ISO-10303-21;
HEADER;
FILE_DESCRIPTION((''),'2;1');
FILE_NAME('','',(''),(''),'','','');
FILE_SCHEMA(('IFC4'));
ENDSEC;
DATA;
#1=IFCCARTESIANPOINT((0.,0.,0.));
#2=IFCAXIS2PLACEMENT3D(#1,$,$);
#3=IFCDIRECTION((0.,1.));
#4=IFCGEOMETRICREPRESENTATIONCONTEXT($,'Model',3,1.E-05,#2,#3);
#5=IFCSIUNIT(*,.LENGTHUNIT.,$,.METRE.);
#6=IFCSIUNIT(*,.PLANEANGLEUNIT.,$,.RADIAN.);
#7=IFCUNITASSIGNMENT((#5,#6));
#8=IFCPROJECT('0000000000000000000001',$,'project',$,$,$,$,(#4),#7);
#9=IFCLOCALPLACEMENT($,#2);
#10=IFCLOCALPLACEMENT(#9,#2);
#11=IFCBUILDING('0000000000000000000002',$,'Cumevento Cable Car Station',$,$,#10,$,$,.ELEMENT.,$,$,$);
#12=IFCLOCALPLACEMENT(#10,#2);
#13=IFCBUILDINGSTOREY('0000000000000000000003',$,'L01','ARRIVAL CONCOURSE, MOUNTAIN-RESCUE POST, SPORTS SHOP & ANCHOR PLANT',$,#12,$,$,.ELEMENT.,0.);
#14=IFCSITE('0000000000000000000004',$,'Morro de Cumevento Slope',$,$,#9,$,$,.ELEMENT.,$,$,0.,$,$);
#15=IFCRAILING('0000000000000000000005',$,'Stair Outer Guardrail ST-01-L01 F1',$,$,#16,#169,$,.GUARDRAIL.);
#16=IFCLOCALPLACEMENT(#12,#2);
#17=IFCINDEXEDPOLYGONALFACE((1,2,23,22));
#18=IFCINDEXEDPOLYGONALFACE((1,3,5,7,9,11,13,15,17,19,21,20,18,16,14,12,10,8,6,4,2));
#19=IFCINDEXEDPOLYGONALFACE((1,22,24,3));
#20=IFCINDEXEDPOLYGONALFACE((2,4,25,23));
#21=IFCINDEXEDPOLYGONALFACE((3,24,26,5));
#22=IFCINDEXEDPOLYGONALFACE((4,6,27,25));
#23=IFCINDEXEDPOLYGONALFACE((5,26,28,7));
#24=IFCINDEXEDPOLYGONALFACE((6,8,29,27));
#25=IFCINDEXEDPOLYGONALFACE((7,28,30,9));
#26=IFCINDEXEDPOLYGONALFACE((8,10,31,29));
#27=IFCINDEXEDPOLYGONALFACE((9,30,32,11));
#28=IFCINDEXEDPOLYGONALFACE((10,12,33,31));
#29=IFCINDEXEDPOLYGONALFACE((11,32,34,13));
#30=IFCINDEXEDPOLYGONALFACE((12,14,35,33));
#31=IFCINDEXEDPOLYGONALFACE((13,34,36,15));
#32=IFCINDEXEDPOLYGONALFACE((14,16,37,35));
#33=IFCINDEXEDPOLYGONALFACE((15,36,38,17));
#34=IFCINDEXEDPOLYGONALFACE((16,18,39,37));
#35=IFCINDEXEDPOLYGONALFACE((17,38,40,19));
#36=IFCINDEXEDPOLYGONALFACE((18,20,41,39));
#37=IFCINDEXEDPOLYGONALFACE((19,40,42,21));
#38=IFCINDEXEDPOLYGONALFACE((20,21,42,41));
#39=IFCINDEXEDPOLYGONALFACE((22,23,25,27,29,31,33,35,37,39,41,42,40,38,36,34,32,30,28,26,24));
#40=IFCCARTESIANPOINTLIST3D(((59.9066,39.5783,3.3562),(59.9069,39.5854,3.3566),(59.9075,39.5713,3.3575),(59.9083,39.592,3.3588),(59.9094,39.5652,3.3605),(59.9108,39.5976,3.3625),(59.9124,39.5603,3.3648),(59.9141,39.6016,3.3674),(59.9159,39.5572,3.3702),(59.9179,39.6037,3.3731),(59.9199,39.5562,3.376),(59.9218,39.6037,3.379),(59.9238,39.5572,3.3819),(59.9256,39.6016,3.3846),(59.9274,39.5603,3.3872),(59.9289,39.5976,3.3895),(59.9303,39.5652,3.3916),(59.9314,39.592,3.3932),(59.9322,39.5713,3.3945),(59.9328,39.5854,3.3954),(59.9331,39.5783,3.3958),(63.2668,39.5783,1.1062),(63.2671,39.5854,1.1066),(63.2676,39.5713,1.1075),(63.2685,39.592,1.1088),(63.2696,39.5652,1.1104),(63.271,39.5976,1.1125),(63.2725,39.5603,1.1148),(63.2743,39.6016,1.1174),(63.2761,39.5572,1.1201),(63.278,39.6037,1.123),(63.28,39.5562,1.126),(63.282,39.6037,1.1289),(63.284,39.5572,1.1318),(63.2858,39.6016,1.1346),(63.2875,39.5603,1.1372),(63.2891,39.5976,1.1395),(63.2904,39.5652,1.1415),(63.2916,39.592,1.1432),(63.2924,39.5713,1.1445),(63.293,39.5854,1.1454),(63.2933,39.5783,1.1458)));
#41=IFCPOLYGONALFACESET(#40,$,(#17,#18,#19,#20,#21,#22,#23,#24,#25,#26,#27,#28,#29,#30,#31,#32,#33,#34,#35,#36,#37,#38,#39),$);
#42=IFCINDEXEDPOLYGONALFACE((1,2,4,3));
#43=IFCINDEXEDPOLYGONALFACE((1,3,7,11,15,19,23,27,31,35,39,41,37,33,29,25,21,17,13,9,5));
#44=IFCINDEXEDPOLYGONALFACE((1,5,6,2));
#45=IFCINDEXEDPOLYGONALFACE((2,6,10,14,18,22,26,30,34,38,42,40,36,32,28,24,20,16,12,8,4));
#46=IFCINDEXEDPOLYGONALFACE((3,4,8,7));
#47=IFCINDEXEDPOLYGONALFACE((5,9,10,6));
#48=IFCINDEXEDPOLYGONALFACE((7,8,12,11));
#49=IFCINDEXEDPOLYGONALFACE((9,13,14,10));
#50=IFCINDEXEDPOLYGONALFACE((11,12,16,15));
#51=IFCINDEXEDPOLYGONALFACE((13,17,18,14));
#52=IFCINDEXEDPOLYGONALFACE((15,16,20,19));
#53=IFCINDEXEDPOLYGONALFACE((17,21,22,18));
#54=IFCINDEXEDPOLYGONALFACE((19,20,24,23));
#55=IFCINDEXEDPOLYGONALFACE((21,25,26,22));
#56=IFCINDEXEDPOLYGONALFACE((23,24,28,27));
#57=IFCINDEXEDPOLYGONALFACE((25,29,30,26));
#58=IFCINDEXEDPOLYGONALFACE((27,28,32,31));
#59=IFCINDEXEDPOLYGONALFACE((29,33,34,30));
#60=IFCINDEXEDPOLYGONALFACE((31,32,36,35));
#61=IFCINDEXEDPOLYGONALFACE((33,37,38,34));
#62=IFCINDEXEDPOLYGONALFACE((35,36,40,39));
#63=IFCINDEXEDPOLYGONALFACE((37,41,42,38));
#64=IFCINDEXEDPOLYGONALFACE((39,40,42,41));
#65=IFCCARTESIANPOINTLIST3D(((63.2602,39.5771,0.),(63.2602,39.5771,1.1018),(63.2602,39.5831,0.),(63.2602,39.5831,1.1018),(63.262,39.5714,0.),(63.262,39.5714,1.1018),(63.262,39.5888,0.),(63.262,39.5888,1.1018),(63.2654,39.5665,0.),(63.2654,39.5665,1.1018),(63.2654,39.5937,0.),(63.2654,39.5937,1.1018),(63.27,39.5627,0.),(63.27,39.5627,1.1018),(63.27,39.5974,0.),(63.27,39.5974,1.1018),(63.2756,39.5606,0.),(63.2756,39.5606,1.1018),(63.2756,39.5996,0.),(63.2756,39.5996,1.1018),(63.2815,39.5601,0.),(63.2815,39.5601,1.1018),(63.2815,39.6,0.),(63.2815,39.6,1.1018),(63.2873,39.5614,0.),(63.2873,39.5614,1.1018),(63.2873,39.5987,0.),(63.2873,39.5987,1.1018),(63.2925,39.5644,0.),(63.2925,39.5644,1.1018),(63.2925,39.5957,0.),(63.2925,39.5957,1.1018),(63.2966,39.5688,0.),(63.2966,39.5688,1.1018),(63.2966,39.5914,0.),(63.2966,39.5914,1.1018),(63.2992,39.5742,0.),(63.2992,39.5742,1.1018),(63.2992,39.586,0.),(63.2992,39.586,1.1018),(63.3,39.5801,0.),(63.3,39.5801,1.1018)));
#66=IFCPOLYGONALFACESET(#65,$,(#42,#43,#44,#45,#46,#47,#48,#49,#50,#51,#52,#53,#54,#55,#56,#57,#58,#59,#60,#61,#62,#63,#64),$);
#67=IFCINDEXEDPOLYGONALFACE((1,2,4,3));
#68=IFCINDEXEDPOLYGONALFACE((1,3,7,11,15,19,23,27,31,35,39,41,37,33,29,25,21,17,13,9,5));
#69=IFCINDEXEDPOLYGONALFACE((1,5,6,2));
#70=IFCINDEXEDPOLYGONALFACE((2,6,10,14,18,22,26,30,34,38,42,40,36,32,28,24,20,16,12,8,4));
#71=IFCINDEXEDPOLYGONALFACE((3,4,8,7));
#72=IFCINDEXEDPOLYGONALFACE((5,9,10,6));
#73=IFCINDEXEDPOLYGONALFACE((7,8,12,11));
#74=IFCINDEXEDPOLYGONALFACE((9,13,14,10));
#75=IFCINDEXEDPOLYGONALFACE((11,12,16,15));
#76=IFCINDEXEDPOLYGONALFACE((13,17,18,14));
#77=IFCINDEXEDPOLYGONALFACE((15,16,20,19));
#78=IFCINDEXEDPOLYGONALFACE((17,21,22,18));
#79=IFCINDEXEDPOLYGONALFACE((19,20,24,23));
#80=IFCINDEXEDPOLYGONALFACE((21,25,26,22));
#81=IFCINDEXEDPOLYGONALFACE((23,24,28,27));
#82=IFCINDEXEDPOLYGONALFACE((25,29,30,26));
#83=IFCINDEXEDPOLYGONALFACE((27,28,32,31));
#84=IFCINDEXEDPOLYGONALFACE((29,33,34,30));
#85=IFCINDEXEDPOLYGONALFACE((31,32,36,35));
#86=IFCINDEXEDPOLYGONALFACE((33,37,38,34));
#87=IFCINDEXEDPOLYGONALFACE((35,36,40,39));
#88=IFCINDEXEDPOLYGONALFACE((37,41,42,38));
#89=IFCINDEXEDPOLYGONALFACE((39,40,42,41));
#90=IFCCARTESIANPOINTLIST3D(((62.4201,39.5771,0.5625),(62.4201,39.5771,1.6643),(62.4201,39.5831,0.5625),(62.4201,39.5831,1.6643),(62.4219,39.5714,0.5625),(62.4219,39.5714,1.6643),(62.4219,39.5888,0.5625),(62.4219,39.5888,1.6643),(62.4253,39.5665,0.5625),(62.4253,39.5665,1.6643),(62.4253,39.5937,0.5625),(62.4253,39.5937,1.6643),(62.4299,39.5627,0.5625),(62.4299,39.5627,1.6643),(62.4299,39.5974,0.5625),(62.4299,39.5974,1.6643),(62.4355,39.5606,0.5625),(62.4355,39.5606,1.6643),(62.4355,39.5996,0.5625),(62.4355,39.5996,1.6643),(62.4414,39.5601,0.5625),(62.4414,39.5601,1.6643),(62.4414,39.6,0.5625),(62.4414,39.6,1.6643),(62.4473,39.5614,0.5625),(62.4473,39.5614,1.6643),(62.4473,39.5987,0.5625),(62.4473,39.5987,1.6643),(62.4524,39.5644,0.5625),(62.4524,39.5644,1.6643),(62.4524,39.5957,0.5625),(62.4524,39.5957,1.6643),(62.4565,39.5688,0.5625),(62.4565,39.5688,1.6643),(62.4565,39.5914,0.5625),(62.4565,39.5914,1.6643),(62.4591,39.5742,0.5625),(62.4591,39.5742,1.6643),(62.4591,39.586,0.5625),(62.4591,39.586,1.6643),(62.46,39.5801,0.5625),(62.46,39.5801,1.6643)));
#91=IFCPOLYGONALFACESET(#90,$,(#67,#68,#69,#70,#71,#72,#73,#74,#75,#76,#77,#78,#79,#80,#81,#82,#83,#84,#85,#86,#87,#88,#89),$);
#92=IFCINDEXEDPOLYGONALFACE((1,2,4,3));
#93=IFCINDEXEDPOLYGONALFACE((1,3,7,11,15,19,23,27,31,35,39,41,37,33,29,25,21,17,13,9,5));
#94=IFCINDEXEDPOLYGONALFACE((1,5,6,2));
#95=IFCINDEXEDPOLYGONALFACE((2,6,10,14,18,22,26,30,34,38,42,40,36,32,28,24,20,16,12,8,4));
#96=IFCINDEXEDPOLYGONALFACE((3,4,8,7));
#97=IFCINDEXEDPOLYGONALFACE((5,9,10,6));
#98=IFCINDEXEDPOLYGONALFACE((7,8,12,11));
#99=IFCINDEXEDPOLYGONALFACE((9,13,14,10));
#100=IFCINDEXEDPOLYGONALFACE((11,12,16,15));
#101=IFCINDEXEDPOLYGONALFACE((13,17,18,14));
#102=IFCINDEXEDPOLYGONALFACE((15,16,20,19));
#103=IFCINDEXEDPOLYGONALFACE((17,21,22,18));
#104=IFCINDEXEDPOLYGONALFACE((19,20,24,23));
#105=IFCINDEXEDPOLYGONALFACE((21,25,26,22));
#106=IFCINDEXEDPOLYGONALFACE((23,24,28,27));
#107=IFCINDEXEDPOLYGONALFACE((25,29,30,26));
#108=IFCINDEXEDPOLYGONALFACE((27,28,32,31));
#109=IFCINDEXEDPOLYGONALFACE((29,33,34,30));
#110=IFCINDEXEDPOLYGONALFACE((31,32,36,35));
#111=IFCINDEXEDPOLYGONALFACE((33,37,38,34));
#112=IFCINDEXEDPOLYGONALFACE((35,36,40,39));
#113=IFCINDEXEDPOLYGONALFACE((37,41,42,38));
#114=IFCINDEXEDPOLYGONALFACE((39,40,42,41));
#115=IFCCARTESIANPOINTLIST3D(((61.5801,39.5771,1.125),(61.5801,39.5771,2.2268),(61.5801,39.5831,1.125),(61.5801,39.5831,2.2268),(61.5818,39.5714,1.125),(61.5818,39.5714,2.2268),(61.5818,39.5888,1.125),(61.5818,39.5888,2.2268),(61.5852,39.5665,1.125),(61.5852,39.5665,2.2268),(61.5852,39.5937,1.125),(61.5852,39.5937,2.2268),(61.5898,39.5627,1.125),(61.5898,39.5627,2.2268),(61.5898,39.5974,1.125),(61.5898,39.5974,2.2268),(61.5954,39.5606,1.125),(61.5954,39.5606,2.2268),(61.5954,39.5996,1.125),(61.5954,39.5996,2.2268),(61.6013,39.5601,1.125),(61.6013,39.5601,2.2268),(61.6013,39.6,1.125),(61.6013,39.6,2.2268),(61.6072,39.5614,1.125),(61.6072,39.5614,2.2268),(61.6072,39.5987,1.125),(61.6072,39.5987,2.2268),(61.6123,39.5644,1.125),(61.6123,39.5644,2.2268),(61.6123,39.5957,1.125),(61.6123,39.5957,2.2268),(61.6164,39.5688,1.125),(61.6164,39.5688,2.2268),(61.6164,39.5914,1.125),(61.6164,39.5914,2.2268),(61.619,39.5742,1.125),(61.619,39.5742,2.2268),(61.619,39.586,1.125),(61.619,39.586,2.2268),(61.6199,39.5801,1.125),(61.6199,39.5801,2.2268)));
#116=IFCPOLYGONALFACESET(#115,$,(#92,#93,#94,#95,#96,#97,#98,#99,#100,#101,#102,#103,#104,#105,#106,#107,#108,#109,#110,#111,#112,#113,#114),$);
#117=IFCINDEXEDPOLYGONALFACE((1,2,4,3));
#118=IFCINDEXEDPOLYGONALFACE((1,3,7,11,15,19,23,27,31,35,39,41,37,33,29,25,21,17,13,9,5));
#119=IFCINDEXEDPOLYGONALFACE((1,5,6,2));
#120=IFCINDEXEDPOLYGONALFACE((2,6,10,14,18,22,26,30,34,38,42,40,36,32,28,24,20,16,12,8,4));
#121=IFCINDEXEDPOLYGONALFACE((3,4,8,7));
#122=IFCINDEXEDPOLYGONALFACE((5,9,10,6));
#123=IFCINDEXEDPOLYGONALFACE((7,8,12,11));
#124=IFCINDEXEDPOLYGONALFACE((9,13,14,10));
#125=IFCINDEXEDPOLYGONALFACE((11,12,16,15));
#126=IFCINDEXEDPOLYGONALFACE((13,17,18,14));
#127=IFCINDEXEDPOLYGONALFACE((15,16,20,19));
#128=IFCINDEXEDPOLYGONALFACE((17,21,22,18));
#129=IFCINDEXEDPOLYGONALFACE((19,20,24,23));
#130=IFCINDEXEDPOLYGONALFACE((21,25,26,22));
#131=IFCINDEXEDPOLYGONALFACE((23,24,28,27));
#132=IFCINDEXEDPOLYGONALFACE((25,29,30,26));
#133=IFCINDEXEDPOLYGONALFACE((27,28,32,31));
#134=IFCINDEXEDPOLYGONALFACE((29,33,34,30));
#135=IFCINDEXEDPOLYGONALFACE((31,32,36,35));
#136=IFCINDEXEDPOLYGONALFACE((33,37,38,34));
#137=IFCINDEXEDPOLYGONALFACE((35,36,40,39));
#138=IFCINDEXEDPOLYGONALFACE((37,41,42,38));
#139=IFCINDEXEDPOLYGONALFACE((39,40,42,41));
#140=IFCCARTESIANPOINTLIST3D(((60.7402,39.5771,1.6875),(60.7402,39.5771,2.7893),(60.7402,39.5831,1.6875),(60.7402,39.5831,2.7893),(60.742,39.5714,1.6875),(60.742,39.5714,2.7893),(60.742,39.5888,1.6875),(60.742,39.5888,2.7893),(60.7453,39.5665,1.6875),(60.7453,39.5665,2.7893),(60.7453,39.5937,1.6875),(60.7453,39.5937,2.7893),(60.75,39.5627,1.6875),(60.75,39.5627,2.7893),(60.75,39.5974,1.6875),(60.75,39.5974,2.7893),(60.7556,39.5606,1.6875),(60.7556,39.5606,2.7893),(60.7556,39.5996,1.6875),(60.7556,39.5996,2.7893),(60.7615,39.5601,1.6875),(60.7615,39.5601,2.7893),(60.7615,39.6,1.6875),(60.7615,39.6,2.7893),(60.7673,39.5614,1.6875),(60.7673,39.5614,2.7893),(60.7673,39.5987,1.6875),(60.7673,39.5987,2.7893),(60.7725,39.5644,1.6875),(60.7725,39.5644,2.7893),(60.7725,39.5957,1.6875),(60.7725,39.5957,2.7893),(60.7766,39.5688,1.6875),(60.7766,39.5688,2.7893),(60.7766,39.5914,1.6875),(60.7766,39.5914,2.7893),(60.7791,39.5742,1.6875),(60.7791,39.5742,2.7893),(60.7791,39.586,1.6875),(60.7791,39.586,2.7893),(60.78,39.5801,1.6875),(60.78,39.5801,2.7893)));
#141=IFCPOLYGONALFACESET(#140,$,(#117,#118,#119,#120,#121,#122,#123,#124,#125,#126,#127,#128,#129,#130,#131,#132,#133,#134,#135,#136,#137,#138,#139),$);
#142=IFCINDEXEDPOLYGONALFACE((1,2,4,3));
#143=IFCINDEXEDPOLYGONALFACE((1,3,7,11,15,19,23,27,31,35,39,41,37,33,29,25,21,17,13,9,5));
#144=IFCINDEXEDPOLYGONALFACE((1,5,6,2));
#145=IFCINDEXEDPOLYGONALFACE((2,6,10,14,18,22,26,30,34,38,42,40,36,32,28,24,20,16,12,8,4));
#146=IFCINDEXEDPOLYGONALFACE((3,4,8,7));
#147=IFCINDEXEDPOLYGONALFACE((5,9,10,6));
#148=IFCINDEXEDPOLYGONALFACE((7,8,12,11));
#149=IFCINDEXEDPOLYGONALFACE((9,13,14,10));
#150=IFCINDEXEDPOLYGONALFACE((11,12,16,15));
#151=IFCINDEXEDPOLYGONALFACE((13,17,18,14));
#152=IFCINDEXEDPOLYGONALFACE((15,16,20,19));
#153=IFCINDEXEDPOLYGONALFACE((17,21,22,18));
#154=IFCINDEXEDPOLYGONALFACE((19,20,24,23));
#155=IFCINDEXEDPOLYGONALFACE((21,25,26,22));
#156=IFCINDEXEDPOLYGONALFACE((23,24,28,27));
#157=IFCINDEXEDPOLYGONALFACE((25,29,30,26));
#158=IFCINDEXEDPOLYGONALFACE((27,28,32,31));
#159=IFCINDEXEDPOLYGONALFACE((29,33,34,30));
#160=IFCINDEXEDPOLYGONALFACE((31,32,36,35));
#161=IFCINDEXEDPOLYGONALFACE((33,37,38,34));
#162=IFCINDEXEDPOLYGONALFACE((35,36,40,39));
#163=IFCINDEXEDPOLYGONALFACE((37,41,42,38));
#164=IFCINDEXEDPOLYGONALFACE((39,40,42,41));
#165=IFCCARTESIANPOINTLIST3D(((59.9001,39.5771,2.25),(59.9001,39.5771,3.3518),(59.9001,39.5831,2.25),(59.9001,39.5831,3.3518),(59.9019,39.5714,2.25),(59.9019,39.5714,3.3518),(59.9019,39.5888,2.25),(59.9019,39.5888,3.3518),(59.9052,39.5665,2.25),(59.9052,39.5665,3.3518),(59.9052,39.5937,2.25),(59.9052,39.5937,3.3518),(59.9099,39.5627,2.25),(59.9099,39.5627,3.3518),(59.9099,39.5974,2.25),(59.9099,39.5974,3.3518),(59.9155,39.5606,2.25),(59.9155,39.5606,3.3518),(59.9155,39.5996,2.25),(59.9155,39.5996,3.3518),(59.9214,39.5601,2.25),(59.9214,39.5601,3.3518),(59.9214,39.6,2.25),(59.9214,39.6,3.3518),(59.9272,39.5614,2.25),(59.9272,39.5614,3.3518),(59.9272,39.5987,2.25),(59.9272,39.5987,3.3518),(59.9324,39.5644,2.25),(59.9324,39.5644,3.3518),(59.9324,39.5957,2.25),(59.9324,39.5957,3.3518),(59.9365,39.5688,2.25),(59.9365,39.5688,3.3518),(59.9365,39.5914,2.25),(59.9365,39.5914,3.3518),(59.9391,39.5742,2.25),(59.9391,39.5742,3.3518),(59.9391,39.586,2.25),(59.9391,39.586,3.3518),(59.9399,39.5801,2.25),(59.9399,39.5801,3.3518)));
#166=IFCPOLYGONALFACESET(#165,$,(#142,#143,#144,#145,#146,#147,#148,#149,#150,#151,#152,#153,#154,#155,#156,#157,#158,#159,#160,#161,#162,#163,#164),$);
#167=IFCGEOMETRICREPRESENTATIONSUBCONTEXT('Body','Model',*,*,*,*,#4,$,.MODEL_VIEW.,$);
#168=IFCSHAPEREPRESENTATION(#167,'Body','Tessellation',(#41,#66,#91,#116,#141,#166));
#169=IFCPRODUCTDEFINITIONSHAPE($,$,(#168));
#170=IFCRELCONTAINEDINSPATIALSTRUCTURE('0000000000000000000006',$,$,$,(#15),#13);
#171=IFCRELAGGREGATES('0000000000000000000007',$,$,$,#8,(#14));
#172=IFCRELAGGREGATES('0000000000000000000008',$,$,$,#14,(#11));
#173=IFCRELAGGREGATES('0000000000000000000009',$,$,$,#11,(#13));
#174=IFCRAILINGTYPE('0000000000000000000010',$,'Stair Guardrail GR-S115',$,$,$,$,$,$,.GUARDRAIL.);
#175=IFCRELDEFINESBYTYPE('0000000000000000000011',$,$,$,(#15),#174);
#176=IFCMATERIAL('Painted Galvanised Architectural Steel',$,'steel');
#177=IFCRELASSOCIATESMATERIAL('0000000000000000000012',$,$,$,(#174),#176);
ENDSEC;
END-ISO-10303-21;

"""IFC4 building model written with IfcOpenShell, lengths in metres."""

from ifc_helpers import new_model, si_unit, direction, frame, origin, origin_2d, place, context, subcontext, project, spatial, circle, extrude, material, type_object, element, save


model = new_model("IFC4")

# Units and contexts
model_context = context("Model", 3, precision=1e-05, world=origin(), true_north=direction((0.0, 1.0)))
body_context = subcontext(model_context, "Body", "Model", "MODEL_VIEW")
ifc_project = project(units=[si_unit("LENGTHUNIT", "METRE"), si_unit("PLANEANGLEUNIT", "RADIAN")], contexts=[model_context])

# Site, building, storey
site_placement = place(None, origin())
site = spatial("IfcSite", under=ifc_project, at=site_placement, Name="Morro de Cumevento Slope", CompositionType="ELEMENT", RefElevation=0.0)
building_placement = place(site_placement, origin())
building = spatial("IfcBuilding", under=site, at=building_placement, Name="Cumevento Cable Car Station", CompositionType="ELEMENT")
storey_placement = place(building_placement, origin())
storey = spatial("IfcBuildingStorey", under=building, at=storey_placement, Name="L01", Description="ARRIVAL CONCOURSE, MOUNTAIN-RESCUE POST, SPORTS SHOP & ANCHOR PLANT", CompositionType="ELEMENT", Elevation=0.0)

# Railing
ifc_material_1 = material(Name="Painted Galvanised Architectural Steel", Category="steel")
railing_type_1 = type_object("IfcRailingType", Name="Stair Guardrail GR-S115", PredefinedType="GUARDRAIL", material=ifc_material_1)
railing_1_placement = place(storey_placement, frame((63.28, 39.5801, 0.0)))
element("IfcRailing", 1, at=railing_1_placement, inside=storey, type_object=railing_type_1, Name="Stair Outer Guardrail ST-01-L01 F1", PredefinedType="GUARDRAIL", context=body_context, shape_type="SweptSolid", body=[
    extrude(circle(Radius=0.0239, at=origin_2d()), frame((0.0, 0.0, 1.126), z_axis=(-0.830915, 0.0, 0.556399), x_axis=(0.0, -1.0, 0.0)), (0.0, 0.0, 1.0), 4.0439),
    extrude(circle(Radius=0.02, at=origin_2d()), origin(), (0.0, 0.0, 1.0), 1.1018),
    extrude(circle(Radius=0.02, at=origin_2d()), frame((-0.8401, 0.0, 0.5625)), (0.0, 0.0, 1.0), 1.1018),
    extrude(circle(Radius=0.02, at=origin_2d()), frame((-1.6802, 0.0, 1.125)), (0.0, 0.0, 1.0), 1.1018),
    extrude(circle(Radius=0.02, at=origin_2d()), frame((-2.52, 0.0, 1.6875)), (0.0, 0.0, 1.0), 1.1018),
    extrude(circle(Radius=0.02, at=origin_2d()), frame((-3.3601, 0.0, 2.25)), (0.0, 0.0, 1.0), 1.1018),
])

save(model, "model.ifc")
